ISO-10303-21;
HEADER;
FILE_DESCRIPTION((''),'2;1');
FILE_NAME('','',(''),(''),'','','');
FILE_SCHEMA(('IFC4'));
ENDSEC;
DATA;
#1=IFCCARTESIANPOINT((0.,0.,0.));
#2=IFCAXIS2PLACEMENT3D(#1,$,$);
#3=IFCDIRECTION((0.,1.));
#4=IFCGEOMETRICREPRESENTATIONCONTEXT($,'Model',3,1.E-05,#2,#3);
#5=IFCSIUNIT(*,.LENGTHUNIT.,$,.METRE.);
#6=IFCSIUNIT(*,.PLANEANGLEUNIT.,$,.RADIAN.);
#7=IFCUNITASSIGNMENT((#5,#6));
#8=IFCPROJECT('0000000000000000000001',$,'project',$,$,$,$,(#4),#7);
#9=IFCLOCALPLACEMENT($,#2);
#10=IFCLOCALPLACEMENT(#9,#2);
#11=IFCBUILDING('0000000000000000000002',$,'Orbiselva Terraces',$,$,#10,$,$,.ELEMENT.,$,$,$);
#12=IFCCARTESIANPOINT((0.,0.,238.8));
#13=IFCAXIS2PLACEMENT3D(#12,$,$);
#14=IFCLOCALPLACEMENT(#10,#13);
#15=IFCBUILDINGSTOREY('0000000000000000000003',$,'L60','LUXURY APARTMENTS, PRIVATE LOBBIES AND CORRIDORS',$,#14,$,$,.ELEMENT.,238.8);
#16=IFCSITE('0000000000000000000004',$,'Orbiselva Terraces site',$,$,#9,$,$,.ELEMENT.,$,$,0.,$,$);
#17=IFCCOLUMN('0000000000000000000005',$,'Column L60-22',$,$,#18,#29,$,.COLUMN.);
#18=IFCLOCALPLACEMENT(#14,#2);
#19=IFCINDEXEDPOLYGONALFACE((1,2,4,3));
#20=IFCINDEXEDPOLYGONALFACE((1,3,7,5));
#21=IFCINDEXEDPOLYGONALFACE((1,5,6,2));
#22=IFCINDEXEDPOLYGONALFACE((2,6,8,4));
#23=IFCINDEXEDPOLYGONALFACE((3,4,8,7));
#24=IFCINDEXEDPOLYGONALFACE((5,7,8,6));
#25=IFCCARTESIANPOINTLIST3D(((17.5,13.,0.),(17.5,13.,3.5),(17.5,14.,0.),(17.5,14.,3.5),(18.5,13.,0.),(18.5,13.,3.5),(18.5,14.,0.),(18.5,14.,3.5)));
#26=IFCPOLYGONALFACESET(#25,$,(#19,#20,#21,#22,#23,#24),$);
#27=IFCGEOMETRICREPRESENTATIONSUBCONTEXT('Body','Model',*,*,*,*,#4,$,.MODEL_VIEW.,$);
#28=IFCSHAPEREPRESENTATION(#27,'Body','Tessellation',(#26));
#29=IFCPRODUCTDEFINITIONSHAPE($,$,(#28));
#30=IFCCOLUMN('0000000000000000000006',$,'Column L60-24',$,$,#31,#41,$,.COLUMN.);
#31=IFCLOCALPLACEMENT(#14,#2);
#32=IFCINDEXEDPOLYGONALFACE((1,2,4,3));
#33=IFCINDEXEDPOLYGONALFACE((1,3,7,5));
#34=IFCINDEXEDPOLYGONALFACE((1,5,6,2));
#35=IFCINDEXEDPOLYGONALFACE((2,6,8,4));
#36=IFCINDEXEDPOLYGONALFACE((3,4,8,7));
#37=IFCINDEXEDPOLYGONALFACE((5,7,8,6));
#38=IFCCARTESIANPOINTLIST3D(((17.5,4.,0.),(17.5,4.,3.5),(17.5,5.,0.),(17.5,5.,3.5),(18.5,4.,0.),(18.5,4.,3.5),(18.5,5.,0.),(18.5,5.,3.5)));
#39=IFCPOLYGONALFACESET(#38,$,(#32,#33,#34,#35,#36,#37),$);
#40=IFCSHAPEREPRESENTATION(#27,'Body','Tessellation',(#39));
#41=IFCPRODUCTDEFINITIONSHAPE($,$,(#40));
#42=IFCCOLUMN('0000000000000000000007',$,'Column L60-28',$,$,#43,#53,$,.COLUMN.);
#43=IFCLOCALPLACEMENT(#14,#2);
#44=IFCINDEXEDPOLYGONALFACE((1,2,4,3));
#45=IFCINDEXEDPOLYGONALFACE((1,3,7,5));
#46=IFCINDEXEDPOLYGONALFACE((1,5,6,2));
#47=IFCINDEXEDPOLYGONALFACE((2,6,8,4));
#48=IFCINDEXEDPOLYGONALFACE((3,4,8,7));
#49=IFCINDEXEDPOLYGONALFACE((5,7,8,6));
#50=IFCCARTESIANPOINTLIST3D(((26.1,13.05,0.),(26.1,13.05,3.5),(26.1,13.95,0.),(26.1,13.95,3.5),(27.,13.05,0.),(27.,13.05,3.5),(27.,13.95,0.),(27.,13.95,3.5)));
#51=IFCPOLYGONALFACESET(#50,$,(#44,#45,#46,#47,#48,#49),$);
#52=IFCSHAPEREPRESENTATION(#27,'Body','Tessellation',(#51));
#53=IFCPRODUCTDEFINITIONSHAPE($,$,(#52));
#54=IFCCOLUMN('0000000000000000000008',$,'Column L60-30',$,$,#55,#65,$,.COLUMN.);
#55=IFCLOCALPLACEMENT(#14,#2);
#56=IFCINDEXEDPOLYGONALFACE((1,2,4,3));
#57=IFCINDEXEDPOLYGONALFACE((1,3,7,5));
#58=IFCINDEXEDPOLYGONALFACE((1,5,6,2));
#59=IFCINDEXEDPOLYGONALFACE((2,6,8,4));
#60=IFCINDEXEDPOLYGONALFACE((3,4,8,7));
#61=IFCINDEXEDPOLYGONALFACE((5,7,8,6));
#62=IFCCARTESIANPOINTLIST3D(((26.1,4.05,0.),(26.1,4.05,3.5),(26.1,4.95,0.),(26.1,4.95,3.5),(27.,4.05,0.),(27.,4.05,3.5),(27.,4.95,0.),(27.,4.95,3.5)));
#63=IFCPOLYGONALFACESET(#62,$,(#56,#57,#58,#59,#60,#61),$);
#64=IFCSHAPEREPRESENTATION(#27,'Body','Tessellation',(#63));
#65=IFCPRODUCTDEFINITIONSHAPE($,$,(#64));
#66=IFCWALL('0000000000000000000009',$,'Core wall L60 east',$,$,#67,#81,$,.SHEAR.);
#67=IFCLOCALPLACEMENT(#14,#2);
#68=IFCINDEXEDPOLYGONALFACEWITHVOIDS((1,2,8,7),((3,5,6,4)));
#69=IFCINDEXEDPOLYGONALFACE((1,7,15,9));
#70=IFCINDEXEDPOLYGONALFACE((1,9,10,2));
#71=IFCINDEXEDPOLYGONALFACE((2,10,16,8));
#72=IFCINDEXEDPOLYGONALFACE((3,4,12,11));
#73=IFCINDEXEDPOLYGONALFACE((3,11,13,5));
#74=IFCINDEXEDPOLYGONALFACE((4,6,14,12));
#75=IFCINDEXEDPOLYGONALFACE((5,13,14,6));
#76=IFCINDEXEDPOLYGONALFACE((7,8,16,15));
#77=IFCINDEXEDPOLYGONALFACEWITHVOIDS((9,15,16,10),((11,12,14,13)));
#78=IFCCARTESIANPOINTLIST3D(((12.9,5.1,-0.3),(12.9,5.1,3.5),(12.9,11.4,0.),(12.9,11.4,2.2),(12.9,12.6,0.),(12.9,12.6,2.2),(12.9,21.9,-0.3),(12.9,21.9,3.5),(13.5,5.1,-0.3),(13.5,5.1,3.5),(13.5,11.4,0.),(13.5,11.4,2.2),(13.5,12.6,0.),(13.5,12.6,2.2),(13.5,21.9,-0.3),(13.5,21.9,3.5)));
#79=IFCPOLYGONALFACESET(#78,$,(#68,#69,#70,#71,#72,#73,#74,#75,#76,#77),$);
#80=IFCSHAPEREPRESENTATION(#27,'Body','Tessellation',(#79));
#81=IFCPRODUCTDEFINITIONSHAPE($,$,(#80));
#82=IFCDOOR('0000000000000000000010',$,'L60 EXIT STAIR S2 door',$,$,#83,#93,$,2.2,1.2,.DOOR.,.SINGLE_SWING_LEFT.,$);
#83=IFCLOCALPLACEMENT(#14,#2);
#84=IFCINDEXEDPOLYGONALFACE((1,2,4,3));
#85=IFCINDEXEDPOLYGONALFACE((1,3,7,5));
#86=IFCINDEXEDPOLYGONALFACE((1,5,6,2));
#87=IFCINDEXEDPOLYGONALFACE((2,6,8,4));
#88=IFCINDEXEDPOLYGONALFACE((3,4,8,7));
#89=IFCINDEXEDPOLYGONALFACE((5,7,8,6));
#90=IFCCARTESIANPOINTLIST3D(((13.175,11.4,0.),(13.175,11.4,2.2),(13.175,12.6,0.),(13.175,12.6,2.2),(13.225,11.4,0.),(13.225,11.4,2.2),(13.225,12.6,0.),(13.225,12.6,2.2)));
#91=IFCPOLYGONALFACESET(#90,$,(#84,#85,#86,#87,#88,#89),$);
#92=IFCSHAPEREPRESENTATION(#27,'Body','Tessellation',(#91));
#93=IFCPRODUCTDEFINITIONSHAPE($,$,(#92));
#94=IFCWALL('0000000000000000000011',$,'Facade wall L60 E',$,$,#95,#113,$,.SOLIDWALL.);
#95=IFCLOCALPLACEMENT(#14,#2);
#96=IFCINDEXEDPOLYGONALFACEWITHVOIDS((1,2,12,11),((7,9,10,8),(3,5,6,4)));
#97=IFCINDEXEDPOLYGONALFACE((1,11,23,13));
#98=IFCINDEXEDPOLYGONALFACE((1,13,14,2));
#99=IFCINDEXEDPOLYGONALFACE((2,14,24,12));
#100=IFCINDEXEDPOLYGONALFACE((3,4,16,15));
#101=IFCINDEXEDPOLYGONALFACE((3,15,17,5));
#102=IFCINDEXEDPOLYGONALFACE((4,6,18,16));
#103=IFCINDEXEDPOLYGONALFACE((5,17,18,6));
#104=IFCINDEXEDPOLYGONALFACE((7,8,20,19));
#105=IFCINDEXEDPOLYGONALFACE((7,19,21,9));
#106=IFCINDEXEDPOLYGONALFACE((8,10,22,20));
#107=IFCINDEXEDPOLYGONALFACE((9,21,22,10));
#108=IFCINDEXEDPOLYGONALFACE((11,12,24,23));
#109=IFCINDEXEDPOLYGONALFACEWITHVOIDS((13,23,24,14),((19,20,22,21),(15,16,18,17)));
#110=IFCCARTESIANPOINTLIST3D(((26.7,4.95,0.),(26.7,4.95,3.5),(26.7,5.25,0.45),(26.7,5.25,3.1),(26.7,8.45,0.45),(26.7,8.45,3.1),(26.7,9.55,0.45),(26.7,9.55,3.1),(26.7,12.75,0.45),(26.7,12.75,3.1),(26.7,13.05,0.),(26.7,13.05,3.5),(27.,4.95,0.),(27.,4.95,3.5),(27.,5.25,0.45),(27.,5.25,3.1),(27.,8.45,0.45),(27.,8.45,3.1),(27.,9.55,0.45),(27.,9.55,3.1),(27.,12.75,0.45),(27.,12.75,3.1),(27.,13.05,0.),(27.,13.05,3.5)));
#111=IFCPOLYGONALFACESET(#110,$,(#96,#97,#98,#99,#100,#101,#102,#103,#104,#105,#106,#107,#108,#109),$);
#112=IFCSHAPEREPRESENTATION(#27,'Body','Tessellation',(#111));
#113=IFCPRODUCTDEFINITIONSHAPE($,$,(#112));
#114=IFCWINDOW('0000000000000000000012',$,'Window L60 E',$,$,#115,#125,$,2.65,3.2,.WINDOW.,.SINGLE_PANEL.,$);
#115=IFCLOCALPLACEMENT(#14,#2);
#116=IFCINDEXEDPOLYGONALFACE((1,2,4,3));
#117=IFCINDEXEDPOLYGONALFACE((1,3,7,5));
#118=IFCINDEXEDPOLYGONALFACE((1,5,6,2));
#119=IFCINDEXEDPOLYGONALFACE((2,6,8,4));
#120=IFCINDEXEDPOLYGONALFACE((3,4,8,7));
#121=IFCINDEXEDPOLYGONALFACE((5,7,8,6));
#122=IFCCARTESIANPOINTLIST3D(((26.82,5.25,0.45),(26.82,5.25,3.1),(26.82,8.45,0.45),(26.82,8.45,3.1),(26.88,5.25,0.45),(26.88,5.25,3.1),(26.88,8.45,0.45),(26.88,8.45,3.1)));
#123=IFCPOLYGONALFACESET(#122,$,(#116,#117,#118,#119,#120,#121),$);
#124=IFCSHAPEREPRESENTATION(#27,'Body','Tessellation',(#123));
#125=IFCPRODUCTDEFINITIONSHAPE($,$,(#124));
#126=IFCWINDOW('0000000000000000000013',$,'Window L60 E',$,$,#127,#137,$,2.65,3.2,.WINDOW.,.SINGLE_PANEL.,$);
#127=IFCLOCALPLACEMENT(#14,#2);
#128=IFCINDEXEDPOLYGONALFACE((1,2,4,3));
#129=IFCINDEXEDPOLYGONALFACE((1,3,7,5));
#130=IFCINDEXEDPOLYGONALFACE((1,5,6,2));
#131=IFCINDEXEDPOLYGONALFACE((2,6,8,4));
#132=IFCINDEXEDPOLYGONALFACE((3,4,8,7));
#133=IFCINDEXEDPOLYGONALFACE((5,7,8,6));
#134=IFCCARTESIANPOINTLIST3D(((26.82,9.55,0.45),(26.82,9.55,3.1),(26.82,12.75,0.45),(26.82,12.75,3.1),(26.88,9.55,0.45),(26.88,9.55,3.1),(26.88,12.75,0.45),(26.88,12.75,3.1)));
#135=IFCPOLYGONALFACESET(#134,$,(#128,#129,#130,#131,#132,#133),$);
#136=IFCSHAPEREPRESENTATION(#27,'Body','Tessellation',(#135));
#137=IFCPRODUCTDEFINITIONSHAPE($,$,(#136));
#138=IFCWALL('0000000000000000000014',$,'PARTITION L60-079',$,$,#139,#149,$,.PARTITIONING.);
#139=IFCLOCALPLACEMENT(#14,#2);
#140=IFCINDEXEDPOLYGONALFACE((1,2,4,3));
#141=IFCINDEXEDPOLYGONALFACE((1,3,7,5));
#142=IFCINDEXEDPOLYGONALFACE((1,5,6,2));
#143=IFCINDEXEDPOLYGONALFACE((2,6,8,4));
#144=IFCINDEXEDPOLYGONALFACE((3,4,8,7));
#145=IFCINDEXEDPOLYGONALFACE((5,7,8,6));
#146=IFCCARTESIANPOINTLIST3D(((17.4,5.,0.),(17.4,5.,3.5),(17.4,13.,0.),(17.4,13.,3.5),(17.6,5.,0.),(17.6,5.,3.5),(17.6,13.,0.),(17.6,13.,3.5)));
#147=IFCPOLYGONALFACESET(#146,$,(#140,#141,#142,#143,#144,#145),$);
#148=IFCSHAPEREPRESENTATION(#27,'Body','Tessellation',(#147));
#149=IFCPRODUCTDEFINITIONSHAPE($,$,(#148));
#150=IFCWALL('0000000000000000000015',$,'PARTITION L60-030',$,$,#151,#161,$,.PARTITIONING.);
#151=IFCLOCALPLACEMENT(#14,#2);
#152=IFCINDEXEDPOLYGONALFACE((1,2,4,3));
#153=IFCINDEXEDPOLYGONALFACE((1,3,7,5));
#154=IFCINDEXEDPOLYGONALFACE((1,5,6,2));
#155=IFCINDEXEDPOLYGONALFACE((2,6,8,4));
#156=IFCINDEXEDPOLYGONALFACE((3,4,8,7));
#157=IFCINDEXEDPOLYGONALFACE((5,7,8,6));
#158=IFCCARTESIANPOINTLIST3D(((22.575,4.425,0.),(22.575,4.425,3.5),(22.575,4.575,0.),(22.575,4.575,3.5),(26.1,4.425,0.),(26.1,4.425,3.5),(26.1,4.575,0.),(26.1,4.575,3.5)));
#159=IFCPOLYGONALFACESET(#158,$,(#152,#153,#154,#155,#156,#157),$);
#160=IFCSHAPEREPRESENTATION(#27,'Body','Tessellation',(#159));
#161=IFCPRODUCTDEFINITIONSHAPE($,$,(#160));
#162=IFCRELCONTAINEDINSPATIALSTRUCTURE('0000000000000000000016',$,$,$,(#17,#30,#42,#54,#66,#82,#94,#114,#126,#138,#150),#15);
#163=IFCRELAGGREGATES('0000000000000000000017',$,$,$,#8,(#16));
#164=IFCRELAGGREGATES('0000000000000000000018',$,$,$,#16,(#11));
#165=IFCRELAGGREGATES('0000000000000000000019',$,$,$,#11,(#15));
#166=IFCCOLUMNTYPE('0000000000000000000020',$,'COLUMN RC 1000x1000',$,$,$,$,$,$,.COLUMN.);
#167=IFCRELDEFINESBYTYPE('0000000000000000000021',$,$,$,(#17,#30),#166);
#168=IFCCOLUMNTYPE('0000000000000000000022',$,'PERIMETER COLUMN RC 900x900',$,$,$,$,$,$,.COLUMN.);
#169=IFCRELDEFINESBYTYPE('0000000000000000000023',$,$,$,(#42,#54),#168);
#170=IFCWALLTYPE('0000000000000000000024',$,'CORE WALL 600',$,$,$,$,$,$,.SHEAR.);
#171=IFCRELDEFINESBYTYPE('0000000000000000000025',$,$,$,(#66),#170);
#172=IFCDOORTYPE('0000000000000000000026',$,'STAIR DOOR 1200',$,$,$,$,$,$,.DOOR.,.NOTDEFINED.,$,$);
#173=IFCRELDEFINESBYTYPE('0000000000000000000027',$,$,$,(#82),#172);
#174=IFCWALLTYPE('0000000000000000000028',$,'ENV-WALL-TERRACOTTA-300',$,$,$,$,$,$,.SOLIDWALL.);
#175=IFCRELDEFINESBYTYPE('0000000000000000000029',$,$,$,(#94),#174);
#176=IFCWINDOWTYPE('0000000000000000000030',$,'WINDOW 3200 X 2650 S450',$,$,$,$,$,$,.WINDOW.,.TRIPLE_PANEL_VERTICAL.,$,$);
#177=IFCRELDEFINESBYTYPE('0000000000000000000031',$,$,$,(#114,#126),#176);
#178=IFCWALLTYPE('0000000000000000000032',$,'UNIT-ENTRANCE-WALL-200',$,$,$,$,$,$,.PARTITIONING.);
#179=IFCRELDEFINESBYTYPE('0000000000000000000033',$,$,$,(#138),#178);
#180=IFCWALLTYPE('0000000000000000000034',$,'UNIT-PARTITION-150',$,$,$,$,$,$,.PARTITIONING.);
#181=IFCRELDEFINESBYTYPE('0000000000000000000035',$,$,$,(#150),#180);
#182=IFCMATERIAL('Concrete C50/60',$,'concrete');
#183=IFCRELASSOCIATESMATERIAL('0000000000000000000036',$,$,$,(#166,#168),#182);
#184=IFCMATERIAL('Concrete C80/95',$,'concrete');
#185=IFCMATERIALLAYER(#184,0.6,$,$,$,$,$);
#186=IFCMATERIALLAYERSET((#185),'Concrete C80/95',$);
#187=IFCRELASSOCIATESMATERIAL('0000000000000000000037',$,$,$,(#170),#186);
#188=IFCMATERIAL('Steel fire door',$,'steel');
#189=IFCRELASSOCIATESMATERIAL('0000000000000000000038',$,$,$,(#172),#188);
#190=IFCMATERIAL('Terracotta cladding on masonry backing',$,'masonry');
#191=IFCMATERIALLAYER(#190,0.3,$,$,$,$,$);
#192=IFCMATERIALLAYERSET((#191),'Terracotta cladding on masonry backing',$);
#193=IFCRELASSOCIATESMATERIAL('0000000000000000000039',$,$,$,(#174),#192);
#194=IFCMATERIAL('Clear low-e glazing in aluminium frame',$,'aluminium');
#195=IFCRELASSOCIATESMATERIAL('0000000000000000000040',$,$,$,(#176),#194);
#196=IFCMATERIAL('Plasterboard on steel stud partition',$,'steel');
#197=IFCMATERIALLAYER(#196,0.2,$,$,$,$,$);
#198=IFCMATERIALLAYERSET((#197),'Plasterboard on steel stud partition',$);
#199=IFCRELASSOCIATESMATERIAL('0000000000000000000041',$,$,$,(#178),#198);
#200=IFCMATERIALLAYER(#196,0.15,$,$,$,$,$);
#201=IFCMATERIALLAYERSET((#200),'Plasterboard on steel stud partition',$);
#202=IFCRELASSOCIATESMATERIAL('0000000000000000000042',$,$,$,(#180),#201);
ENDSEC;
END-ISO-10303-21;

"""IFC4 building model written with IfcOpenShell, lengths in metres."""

from ifc_helpers import new_model, si_unit, direction, frame, frame_2d, origin, origin_2d, place, context, subcontext, project, spatial, rectangle, extrude, material, layer, layer_set, material_profile, profile_set, type_object, element, fill, save


model = new_model("IFC4")

# Units and contexts
model_context = context("Model", 3, precision=1e-05, world=origin(), true_north=direction((0.0, 1.0)))
body_context = subcontext(model_context, "Body", "Model", "MODEL_VIEW")
ifc_project = project(units=[si_unit("LENGTHUNIT", "METRE"), si_unit("PLANEANGLEUNIT", "RADIAN")], contexts=[model_context])

# Site, building, storey
site_placement = place(None, origin())
site = spatial("IfcSite", under=ifc_project, at=site_placement, Name="Orbiselva Terraces site", CompositionType="ELEMENT", RefElevation=0.0)
building_placement = place(site_placement, origin())
building = spatial("IfcBuilding", under=site, at=building_placement, Name="Orbiselva Terraces", CompositionType="ELEMENT")
storey_placement = place(building_placement, frame((0.0, 0.0, 238.8)))
storey = spatial("IfcBuildingStorey", under=building, at=storey_placement, Name="L60", Description="LUXURY APARTMENTS, PRIVATE LOBBIES AND CORRIDORS", CompositionType="ELEMENT", Elevation=238.8)

# Columns
ifc_material_1 = material(Name="Concrete C50/60", Category="concrete")
ifc_material_profile_1 = material_profile(ifc_material_1, rectangle(XDim=1.0, YDim=1.0, at=origin_2d()), Name="RC 1000x1000")
ifc_profile_set_1 = profile_set([ifc_material_profile_1], Name="Concrete C50/60")
column_type_1 = type_object("IfcColumnType", Name="COLUMN RC 1000x1000", PredefinedType="COLUMN", material=ifc_profile_set_1)
for number, where, z_axis, x_axis, name in (
    (1, (18.0, 13.5, 0.0), (0.0, 0.0, 1.0), (1.0, 0.0, 0.0), "Column L60-22"),
    (2, (18.0, 4.5, 0.0), (0.0, 0.0, 1.0), (1.0, 0.0, 0.0), "Column L60-24"),
):
    element("IfcColumn", number, at=place(storey_placement, frame(where, z_axis=z_axis, x_axis=x_axis)), inside=storey, type_object=column_type_1, Name=name, PredefinedType="COLUMN", context=body_context, shape_type="SweptSolid", body=[
        extrude(rectangle(XDim=1.0, YDim=1.0, at=origin_2d()), origin(), (0.0, 0.0, 1.0), 3.5),
    ])
ifc_material_profile_2 = material_profile(ifc_material_1, rectangle(XDim=0.9, YDim=0.9, at=origin_2d()), Name="RC 900x900")
ifc_profile_set_2 = profile_set([ifc_material_profile_2], Name="Concrete C50/60")
column_type_2 = type_object("IfcColumnType", Name="PERIMETER COLUMN RC 900x900", PredefinedType="COLUMN", material=ifc_profile_set_2)
for number, where, z_axis, x_axis, name in (
    (3, (26.55, 13.5, 0.0), (0.0, 0.0, 1.0), (1.0, 0.0, 0.0), "Column L60-28"),
    (4, (26.55, 4.5, 0.0), (0.0, 0.0, 1.0), (1.0, 0.0, 0.0), "Column L60-30"),
):
    element("IfcColumn", number, at=place(storey_placement, frame(where, z_axis=z_axis, x_axis=x_axis)), inside=storey, type_object=column_type_2, Name=name, PredefinedType="COLUMN", context=body_context, shape_type="SweptSolid", body=[
        extrude(rectangle(XDim=0.9, YDim=0.9, at=origin_2d()), origin(), (0.0, 0.0, 1.0), 3.5),
    ])

# Wall, opening, door
ifc_material_2 = material(Name="Concrete C80/95", Category="concrete")
ifc_layer_1 = layer(ifc_material_2, 0.6)
ifc_layer_set_1 = layer_set([ifc_layer_1], Name="Concrete C80/95")
wall_type_1 = type_object("IfcWallType", Name="CORE WALL 600", PredefinedType="SHEAR", material=ifc_layer_set_1)
wall_1_placement = place(storey_placement, frame((13.2, 5.1, -0.3), z_axis=(0.0, 0.0, 1.0), x_axis=(0.0, 1.0, 0.0)))
wall_1 = element("IfcWall", 5, at=wall_1_placement, inside=storey, type_object=wall_type_1, Name="Core wall L60 east", PredefinedType="SHEAR", context=body_context, shape_type="SweptSolid", body=[
    extrude(rectangle(XDim=16.8, YDim=0.6, at=frame_2d((8.4, 0.0))), origin(), (0.0, 0.0, 1.0), 3.8),
])
opening_1_placement = place(wall_1_placement, frame((6.3, 0.0, 0.3)))
opening_1 = element("IfcOpeningElement", 6, at=opening_1_placement, cuts=wall_1, PredefinedType="OPENING", context=body_context, shape_type="SweptSolid", body=[
    extrude(rectangle(XDim=1.2, YDim=2.2, at=frame_2d((0.6, 1.1))), frame((0.0, 0.31, 0.0), z_axis=(0.0, -1.0, 0.0), x_axis=(1.0, 0.0, 0.0)), (0.0, 0.0, 1.0), 0.62),
])
ifc_material_3 = material(Name="Steel fire door", Category="steel")
door_type_1 = type_object("IfcDoorType", Name="STAIR DOOR 1200", OperationType="NOTDEFINED", PredefinedType="DOOR", material=ifc_material_3)
door_1_placement = place(opening_1_placement, frame((1.2, 0.0, 0.0), z_axis=(0.0, 0.0, 1.0), x_axis=(-1.0, 0.0, 0.0)))
door_1 = element("IfcDoor", 7, at=door_1_placement, inside=storey, type_object=door_type_1, Name="L60 EXIT STAIR S2 door", OperationType="SINGLE_SWING_LEFT", OverallHeight=2.2, OverallWidth=1.2, PredefinedType="DOOR", context=body_context, shape_type="SweptSolid", body=[
    extrude(rectangle(XDim=1.2, YDim=2.2, at=frame_2d((0.6, 1.1))), frame((0.0, 0.025, 0.0), z_axis=(0.0, -1.0, 0.0), x_axis=(1.0, 0.0, 0.0)), (0.0, 0.0, 1.0), 0.05),
])
fill(opening_1, door_1)

# Wall, openings, windows
ifc_material_4 = material(Name="Terracotta cladding on masonry backing", Category="masonry")
ifc_layer_2 = layer(ifc_material_4, 0.3)
ifc_layer_set_2 = layer_set([ifc_layer_2], Name="Terracotta cladding on masonry backing")
wall_type_2 = type_object("IfcWallType", Name="ENV-WALL-TERRACOTTA-300", PredefinedType="SOLIDWALL", material=ifc_layer_set_2)
wall_2_placement = place(storey_placement, frame((26.85, 13.05, 0.0), z_axis=(0.0, 0.0, 1.0), x_axis=(0.0, -1.0, 0.0)))
wall_2 = element("IfcWall", 8, at=wall_2_placement, inside=storey, type_object=wall_type_2, Name="Facade wall L60 E", PredefinedType="SOLIDWALL", context=body_context, shape_type="SweptSolid", body=[
    extrude(rectangle(XDim=8.1, YDim=0.3, at=frame_2d((4.05, 0.0))), origin(), (0.0, 0.0, 1.0), 3.5),
])
opening_2_placement = place(wall_2_placement, frame((4.6, 0.0, 0.45)))
opening_2 = element("IfcOpeningElement", 9, at=opening_2_placement, cuts=wall_2, PredefinedType="OPENING", context=body_context, shape_type="SweptSolid", body=[
    extrude(rectangle(XDim=3.2, YDim=2.65, at=frame_2d((1.6, 1.325))), frame((0.0, 0.16, 0.0), z_axis=(0.0, -1.0, 0.0), x_axis=(1.0, 0.0, 0.0)), (0.0, 0.0, 1.0), 0.32),
])
opening_3_placement = place(wall_2_placement, frame((0.3, 0.0, 0.45)))
opening_3 = element("IfcOpeningElement", 10, at=opening_3_placement, cuts=wall_2, PredefinedType="OPENING", context=body_context, shape_type="SweptSolid", body=[
    extrude(rectangle(XDim=3.2, YDim=2.65, at=frame_2d((1.6, 1.325))), frame((0.0, 0.16, 0.0), z_axis=(0.0, -1.0, 0.0), x_axis=(1.0, 0.0, 0.0)), (0.0, 0.0, 1.0), 0.32),
])
ifc_material_5 = material(Name="Clear low-e glazing in aluminium frame", Category="aluminium")
window_type = type_object("IfcWindowType", Name="WINDOW 3200 X 2650 S450", PartitioningType="TRIPLE_PANEL_VERTICAL", PredefinedType="WINDOW", material=ifc_material_5)
window_1_placement = place(opening_2_placement, origin())
window_1 = element("IfcWindow", 11, at=window_1_placement, inside=storey, type_object=window_type, Name="Window L60 E", OverallHeight=2.65, OverallWidth=3.2, PartitioningType="SINGLE_PANEL", PredefinedType="WINDOW", context=body_context, shape_type="SweptSolid", body=[
    extrude(rectangle(XDim=3.2, YDim=2.65, at=frame_2d((1.6, 1.325))), frame((0.0, 0.03, 0.0), z_axis=(0.0, -1.0, 0.0), x_axis=(1.0, 0.0, 0.0)), (0.0, 0.0, 1.0), 0.06),
])
fill(opening_2, window_1)
window_2_placement = place(opening_3_placement, origin())
window_2 = element("IfcWindow", 12, at=window_2_placement, inside=storey, type_object=window_type, Name="Window L60 E", OverallHeight=2.65, OverallWidth=3.2, PartitioningType="SINGLE_PANEL", PredefinedType="WINDOW", context=body_context, shape_type="SweptSolid", body=[
    extrude(rectangle(XDim=3.2, YDim=2.65, at=frame_2d((1.6, 1.325))), frame((0.0, 0.03, 0.0), z_axis=(0.0, -1.0, 0.0), x_axis=(1.0, 0.0, 0.0)), (0.0, 0.0, 1.0), 0.06),
])
fill(opening_3, window_2)

# Walls
ifc_material_6 = material(Name="Plasterboard on steel stud partition", Category="steel")
ifc_layer_3 = layer(ifc_material_6, 0.2)
ifc_layer_set_3 = layer_set([ifc_layer_3], Name="Plasterboard on steel stud partition")
wall_type_3 = type_object("IfcWallType", Name="UNIT-ENTRANCE-WALL-200", PredefinedType="PARTITIONING", material=ifc_layer_set_3)
wall_3_placement = place(storey_placement, frame((17.5, 5.0, 0.0), z_axis=(0.0, 0.0, 1.0), x_axis=(0.0, 1.0, 0.0)))
element("IfcWall", 13, at=wall_3_placement, inside=storey, type_object=wall_type_3, Name="PARTITION L60-079", PredefinedType="PARTITIONING", context=body_context, shape_type="SweptSolid", body=[
    extrude(rectangle(XDim=8.0, YDim=0.2, at=frame_2d((4.0, 0.0))), origin(), (0.0, 0.0, 1.0), 3.5),
])
ifc_layer_4 = layer(ifc_material_6, 0.15)
ifc_layer_set_4 = layer_set([ifc_layer_4], Name="Plasterboard on steel stud partition")
wall_type_4 = type_object("IfcWallType", Name="UNIT-PARTITION-150", PredefinedType="PARTITIONING", material=ifc_layer_set_4)
wall_4_placement = place(storey_placement, frame((22.575, 4.5, 0.0), z_axis=(0.0, 0.0, 1.0), x_axis=(1.0, 0.0, 0.0)))
element("IfcWall", 14, at=wall_4_placement, inside=storey, type_object=wall_type_4, Name="PARTITION L60-030", PredefinedType="PARTITIONING", context=body_context, shape_type="SweptSolid", body=[
    extrude(rectangle(XDim=3.525, YDim=0.15, at=frame_2d((1.7625, 0.0))), origin(), (0.0, 0.0, 1.0), 3.5),
])

save(model, "model.ifc")
